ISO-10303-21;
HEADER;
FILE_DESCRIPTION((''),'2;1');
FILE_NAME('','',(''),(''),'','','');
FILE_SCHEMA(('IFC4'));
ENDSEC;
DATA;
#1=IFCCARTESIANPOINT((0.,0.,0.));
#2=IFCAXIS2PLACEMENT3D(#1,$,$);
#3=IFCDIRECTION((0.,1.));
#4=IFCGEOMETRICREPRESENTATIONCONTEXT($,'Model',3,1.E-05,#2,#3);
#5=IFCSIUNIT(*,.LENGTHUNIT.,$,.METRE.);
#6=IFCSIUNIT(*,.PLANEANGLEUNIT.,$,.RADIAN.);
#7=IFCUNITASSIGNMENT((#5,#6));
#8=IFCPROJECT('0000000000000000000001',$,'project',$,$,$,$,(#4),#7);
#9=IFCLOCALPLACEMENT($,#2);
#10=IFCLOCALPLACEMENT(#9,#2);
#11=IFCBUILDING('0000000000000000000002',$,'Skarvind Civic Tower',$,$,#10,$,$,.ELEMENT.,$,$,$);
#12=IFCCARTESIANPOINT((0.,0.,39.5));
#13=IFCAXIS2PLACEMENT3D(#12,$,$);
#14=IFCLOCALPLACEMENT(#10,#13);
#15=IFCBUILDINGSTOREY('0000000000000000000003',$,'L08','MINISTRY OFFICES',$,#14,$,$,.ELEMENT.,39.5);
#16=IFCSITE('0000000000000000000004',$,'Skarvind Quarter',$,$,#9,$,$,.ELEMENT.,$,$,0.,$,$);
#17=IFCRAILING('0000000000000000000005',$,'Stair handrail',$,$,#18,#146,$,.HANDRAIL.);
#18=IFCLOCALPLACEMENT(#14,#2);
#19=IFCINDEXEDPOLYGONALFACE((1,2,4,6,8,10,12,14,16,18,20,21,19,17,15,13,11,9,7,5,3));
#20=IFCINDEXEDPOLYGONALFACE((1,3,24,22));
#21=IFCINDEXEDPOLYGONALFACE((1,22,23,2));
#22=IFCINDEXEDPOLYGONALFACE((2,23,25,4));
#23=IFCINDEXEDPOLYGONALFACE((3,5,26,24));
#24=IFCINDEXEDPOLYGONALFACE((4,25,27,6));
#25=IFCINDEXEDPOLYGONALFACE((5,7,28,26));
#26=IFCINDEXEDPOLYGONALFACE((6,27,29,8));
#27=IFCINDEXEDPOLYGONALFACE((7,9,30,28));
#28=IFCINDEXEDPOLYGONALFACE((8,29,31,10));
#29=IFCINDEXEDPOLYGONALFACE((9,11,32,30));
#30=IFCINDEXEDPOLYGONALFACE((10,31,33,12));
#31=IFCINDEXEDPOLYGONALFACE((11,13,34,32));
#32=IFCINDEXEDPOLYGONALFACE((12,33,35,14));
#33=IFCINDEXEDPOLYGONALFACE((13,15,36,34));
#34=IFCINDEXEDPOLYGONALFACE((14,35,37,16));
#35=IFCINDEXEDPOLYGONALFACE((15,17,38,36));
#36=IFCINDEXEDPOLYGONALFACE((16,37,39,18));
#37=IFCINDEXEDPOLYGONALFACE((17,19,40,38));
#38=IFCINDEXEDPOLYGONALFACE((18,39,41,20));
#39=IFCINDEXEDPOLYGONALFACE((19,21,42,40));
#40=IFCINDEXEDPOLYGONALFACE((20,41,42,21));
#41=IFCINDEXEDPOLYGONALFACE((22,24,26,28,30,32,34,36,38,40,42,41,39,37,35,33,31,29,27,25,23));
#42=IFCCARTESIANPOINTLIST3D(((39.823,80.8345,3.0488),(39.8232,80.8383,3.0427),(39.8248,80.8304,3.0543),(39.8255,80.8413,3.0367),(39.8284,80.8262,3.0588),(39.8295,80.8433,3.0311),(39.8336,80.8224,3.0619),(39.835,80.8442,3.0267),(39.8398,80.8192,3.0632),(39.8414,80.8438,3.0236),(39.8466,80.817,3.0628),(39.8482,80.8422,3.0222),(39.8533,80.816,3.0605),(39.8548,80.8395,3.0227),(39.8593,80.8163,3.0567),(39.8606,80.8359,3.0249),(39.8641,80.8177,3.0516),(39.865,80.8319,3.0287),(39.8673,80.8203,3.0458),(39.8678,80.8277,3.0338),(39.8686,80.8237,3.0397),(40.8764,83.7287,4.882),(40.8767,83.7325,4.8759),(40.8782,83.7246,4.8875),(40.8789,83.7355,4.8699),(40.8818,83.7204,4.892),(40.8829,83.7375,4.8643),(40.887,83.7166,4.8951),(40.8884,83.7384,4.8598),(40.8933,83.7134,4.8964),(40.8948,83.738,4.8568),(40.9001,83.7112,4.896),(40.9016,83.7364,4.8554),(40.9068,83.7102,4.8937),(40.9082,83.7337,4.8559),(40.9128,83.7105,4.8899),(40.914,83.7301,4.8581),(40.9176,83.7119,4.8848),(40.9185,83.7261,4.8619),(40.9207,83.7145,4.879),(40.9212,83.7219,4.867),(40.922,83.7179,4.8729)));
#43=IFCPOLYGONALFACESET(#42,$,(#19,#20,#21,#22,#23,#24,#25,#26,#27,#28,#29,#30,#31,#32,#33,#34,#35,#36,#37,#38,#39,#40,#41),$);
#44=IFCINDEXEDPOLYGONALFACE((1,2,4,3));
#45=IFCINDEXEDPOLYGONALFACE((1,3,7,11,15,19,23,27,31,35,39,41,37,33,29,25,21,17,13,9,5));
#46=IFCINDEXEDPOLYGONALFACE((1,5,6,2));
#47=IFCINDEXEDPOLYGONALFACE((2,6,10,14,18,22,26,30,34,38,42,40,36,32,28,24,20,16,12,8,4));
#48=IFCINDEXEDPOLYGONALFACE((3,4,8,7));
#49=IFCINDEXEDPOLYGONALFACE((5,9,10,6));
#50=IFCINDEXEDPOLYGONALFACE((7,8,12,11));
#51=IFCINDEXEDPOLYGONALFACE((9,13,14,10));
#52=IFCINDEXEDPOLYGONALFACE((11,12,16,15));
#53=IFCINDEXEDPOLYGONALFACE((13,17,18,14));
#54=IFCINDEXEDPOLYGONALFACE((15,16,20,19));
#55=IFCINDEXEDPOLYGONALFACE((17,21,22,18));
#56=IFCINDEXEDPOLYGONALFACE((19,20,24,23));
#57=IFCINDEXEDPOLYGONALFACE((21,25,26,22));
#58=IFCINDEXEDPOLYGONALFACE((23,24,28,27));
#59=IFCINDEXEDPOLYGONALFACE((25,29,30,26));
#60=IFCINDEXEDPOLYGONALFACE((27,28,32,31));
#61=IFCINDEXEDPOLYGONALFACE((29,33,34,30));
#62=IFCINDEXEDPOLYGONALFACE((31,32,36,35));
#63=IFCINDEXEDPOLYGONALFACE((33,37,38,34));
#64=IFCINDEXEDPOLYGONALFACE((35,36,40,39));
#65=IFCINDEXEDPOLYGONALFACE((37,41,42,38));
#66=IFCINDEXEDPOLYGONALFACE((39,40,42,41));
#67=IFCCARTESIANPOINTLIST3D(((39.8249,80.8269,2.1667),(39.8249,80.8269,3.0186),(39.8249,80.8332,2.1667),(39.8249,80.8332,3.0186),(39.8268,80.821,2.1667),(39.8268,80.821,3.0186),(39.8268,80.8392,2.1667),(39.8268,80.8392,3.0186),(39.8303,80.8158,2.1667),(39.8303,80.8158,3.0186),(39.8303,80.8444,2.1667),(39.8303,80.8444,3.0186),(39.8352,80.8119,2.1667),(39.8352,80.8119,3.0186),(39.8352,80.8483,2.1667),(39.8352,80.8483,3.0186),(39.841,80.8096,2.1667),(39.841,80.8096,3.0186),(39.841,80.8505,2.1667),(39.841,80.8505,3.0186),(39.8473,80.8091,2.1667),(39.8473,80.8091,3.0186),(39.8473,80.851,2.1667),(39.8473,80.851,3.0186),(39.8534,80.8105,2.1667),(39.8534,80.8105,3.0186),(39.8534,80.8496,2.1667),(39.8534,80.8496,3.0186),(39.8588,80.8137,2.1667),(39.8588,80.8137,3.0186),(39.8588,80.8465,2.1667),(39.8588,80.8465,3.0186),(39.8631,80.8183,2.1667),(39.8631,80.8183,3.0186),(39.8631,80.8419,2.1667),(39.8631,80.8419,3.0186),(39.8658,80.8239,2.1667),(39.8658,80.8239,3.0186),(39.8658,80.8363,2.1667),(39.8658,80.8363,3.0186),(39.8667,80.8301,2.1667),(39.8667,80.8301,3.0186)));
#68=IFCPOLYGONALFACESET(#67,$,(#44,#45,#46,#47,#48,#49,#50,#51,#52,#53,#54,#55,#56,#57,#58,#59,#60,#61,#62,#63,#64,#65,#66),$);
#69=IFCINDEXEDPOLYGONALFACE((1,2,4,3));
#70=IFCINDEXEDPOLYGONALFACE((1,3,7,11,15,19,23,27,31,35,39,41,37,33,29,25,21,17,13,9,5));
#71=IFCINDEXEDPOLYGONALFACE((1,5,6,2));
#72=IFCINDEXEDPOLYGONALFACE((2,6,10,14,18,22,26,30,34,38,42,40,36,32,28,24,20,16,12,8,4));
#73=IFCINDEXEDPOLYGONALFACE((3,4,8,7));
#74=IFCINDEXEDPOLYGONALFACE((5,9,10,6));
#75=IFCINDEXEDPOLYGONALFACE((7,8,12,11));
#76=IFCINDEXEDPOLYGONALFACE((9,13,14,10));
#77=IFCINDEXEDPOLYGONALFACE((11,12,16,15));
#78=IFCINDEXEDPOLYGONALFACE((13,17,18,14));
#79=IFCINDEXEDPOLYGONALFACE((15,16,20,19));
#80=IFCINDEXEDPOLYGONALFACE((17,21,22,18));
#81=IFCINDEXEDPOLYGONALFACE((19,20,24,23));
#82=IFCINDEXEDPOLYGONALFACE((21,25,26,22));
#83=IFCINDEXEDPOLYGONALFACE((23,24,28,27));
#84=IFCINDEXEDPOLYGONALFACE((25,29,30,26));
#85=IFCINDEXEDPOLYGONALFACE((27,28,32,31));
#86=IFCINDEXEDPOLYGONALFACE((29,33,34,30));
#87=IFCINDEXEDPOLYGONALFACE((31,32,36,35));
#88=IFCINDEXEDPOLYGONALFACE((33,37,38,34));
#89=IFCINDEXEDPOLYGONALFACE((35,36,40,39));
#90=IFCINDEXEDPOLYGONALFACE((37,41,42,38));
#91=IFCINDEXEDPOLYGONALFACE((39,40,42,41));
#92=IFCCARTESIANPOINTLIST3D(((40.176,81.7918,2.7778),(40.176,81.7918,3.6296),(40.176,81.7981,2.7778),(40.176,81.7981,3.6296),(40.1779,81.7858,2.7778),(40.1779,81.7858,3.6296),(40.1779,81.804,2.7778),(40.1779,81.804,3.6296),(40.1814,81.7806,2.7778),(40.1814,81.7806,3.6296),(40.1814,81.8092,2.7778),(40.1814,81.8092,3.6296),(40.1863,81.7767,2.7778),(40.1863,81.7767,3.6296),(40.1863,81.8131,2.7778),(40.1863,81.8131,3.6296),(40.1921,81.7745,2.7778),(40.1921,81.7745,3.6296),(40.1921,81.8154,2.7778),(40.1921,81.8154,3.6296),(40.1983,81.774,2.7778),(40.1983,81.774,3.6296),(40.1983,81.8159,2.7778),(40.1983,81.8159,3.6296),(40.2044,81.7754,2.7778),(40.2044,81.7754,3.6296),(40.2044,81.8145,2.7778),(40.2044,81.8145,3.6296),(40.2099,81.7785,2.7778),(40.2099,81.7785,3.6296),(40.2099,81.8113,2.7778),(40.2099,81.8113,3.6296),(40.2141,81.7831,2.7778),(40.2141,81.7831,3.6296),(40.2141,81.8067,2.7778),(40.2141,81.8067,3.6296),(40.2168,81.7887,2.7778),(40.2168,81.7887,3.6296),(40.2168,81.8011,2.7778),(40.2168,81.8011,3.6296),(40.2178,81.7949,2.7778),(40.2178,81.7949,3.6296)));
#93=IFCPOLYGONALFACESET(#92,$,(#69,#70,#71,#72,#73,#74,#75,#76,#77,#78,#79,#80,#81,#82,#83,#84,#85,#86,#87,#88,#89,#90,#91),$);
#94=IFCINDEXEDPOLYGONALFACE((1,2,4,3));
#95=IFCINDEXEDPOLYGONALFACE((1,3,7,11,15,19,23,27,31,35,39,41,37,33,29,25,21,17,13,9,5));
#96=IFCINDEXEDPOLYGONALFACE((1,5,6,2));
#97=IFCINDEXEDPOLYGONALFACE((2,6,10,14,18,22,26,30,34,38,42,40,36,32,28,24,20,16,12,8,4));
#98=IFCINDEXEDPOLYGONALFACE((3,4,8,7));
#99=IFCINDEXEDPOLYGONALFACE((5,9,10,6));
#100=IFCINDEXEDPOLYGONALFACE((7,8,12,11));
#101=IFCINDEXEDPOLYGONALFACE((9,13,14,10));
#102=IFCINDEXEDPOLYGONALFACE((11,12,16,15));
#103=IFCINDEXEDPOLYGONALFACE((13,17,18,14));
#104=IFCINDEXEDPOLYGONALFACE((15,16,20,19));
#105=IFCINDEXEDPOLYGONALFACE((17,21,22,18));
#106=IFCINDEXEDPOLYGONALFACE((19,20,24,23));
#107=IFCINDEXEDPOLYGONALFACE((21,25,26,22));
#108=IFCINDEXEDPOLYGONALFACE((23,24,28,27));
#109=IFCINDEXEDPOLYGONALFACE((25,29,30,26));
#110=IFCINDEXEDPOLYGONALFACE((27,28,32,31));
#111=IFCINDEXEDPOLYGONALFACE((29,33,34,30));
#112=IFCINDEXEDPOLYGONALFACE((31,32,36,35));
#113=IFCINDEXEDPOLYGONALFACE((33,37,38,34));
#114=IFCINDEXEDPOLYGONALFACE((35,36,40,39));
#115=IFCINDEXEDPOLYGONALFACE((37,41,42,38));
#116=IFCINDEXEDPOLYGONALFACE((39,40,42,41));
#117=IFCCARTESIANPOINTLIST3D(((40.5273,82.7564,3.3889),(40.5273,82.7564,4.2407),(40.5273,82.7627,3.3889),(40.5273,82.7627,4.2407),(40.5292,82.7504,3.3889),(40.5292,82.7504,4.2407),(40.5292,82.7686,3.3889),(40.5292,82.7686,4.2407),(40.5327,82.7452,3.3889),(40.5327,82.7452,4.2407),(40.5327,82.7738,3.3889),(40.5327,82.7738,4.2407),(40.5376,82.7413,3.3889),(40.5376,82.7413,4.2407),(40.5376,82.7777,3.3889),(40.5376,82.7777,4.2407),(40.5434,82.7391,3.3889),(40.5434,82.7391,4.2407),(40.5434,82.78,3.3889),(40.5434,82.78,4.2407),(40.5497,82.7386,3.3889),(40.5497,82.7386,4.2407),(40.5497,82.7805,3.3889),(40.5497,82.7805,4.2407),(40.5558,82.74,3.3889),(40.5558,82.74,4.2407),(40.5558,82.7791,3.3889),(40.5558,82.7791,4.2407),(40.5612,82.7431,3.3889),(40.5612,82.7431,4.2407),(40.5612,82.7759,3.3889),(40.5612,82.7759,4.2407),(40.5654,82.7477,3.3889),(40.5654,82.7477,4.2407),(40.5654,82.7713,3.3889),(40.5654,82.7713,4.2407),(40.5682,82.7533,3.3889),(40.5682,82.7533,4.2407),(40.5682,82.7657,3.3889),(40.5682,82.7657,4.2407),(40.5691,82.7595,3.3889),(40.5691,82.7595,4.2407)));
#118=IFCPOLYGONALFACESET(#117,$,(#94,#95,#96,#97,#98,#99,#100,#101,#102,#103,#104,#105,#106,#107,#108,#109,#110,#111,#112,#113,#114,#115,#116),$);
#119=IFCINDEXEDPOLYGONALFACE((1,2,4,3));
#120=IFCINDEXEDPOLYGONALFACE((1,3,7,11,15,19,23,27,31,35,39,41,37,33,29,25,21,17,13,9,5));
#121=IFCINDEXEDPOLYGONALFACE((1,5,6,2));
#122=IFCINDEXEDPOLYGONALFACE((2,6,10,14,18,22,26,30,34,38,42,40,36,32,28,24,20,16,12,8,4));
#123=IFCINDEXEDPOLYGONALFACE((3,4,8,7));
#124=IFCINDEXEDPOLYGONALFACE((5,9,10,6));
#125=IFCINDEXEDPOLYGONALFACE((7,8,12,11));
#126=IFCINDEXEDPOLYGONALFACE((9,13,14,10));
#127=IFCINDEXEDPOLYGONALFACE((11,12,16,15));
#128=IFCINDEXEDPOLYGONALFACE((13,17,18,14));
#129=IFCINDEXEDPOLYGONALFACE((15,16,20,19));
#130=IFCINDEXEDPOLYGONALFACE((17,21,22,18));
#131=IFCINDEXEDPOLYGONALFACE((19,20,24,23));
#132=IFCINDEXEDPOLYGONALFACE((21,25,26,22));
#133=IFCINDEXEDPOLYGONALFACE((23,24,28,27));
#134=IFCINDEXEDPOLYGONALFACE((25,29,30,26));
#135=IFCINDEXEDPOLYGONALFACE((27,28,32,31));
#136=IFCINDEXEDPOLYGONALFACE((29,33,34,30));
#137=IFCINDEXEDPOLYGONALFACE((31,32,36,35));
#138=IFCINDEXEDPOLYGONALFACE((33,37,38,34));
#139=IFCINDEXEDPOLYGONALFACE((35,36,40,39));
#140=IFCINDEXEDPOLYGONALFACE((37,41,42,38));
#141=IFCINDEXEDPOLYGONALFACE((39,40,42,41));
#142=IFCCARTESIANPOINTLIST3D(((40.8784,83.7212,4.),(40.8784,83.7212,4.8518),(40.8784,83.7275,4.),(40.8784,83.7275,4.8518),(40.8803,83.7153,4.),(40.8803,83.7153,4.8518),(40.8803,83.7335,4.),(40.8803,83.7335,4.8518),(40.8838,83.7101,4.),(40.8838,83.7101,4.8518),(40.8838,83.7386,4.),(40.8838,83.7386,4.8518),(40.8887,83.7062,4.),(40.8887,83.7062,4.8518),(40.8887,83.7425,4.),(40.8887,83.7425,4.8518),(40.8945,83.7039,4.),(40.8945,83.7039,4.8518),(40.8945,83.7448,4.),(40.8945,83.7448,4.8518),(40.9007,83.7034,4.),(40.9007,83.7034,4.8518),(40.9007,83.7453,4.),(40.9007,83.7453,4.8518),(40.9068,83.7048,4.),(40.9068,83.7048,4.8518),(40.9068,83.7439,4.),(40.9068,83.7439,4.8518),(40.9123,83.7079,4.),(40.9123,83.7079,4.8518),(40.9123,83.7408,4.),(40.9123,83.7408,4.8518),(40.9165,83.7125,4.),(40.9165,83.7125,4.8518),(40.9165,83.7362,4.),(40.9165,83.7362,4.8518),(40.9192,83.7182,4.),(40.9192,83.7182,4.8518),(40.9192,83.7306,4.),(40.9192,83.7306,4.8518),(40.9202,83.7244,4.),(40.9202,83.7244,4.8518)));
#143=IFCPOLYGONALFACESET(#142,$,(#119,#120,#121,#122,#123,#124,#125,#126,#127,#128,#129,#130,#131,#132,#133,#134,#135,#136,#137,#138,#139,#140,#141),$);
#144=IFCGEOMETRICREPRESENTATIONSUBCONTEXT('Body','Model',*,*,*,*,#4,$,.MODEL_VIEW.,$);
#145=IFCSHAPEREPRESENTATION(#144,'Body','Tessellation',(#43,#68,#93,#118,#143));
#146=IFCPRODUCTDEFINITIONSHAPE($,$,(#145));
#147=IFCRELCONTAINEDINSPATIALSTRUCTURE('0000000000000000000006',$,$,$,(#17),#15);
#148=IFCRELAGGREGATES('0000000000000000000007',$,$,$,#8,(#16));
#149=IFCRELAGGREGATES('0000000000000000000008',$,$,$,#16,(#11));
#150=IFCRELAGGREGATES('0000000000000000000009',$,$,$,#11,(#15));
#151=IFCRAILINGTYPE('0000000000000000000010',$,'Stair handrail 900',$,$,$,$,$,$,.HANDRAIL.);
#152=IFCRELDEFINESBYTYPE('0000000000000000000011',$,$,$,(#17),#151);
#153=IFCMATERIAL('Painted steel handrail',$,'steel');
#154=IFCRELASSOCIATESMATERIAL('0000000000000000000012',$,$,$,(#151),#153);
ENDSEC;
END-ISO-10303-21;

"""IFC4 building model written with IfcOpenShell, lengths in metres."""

from ifc_helpers import new_model, si_unit, direction, frame, origin, origin_2d, place, context, subcontext, project, spatial, circle, extrude, material, type_object, element, save


model = new_model("IFC4")

# Units and contexts
model_context = context("Model", 3, precision=1e-05, world=origin(), true_north=direction((0.0, 1.0)))
body_context = subcontext(model_context, "Body", "Model", "MODEL_VIEW")
ifc_project = project(units=[si_unit("LENGTHUNIT", "METRE"), si_unit("PLANEANGLEUNIT", "RADIAN")], contexts=[model_context])

# Site, building, storey
site_placement = place(None, origin())
site = spatial("IfcSite", under=ifc_project, at=site_placement, Name="Skarvind Quarter", CompositionType="ELEMENT", RefElevation=0.0)
building_placement = place(site_placement, origin())
building = spatial("IfcBuilding", under=site, at=building_placement, Name="Skarvind Civic Tower", CompositionType="ELEMENT")
storey_placement = place(building_placement, frame((0.0, 0.0, 39.5)))
storey = spatial("IfcBuildingStorey", under=building, at=storey_placement, Name="L08", Description="MINISTRY OFFICES", CompositionType="ELEMENT", Elevation=39.5)

# Railing
ifc_material_1 = material(Name="Painted steel handrail", Category="steel")
railing_type = type_object("IfcRailingType", Name="Stair handrail 900", PredefinedType="HANDRAIL", material=ifc_material_1)
railing_1_placement = place(storey_placement, frame((39.8457, 80.8301, 2.1667)))
element("IfcRailing", 1, at=railing_1_placement, inside=storey, type_object=railing_type, Name="Stair handrail", PredefinedType="HANDRAIL", context=body_context, shape_type="SweptSolid", body=[
    extrude(circle(Radius=0.0239, at=origin_2d()), frame((0.0, 0.0, 0.876), z_axis=(0.293908, 0.807481, 0.511461), x_axis=(-0.939689, 0.342029, 0.0)), (0.0, 0.0, 1.0), 3.5842),
    extrude(circle(Radius=0.021, at=origin_2d()), origin(), (0.0, 0.0, 1.0), 0.8518),
    extrude(circle(Radius=0.021, at=origin_2d()), frame((0.3511, 0.9648, 0.6111)), (0.0, 0.0, 1.0), 0.8518),
    extrude(circle(Radius=0.021, at=origin_2d()), frame((0.7024, 1.9294, 1.2222)), (0.0, 0.0, 1.0), 0.8518),
    extrude(circle(Radius=0.021, at=origin_2d()), frame((1.0535, 2.8943, 1.8333)), (0.0, 0.0, 1.0), 0.8518),
])

save(model, "model.ifc")
